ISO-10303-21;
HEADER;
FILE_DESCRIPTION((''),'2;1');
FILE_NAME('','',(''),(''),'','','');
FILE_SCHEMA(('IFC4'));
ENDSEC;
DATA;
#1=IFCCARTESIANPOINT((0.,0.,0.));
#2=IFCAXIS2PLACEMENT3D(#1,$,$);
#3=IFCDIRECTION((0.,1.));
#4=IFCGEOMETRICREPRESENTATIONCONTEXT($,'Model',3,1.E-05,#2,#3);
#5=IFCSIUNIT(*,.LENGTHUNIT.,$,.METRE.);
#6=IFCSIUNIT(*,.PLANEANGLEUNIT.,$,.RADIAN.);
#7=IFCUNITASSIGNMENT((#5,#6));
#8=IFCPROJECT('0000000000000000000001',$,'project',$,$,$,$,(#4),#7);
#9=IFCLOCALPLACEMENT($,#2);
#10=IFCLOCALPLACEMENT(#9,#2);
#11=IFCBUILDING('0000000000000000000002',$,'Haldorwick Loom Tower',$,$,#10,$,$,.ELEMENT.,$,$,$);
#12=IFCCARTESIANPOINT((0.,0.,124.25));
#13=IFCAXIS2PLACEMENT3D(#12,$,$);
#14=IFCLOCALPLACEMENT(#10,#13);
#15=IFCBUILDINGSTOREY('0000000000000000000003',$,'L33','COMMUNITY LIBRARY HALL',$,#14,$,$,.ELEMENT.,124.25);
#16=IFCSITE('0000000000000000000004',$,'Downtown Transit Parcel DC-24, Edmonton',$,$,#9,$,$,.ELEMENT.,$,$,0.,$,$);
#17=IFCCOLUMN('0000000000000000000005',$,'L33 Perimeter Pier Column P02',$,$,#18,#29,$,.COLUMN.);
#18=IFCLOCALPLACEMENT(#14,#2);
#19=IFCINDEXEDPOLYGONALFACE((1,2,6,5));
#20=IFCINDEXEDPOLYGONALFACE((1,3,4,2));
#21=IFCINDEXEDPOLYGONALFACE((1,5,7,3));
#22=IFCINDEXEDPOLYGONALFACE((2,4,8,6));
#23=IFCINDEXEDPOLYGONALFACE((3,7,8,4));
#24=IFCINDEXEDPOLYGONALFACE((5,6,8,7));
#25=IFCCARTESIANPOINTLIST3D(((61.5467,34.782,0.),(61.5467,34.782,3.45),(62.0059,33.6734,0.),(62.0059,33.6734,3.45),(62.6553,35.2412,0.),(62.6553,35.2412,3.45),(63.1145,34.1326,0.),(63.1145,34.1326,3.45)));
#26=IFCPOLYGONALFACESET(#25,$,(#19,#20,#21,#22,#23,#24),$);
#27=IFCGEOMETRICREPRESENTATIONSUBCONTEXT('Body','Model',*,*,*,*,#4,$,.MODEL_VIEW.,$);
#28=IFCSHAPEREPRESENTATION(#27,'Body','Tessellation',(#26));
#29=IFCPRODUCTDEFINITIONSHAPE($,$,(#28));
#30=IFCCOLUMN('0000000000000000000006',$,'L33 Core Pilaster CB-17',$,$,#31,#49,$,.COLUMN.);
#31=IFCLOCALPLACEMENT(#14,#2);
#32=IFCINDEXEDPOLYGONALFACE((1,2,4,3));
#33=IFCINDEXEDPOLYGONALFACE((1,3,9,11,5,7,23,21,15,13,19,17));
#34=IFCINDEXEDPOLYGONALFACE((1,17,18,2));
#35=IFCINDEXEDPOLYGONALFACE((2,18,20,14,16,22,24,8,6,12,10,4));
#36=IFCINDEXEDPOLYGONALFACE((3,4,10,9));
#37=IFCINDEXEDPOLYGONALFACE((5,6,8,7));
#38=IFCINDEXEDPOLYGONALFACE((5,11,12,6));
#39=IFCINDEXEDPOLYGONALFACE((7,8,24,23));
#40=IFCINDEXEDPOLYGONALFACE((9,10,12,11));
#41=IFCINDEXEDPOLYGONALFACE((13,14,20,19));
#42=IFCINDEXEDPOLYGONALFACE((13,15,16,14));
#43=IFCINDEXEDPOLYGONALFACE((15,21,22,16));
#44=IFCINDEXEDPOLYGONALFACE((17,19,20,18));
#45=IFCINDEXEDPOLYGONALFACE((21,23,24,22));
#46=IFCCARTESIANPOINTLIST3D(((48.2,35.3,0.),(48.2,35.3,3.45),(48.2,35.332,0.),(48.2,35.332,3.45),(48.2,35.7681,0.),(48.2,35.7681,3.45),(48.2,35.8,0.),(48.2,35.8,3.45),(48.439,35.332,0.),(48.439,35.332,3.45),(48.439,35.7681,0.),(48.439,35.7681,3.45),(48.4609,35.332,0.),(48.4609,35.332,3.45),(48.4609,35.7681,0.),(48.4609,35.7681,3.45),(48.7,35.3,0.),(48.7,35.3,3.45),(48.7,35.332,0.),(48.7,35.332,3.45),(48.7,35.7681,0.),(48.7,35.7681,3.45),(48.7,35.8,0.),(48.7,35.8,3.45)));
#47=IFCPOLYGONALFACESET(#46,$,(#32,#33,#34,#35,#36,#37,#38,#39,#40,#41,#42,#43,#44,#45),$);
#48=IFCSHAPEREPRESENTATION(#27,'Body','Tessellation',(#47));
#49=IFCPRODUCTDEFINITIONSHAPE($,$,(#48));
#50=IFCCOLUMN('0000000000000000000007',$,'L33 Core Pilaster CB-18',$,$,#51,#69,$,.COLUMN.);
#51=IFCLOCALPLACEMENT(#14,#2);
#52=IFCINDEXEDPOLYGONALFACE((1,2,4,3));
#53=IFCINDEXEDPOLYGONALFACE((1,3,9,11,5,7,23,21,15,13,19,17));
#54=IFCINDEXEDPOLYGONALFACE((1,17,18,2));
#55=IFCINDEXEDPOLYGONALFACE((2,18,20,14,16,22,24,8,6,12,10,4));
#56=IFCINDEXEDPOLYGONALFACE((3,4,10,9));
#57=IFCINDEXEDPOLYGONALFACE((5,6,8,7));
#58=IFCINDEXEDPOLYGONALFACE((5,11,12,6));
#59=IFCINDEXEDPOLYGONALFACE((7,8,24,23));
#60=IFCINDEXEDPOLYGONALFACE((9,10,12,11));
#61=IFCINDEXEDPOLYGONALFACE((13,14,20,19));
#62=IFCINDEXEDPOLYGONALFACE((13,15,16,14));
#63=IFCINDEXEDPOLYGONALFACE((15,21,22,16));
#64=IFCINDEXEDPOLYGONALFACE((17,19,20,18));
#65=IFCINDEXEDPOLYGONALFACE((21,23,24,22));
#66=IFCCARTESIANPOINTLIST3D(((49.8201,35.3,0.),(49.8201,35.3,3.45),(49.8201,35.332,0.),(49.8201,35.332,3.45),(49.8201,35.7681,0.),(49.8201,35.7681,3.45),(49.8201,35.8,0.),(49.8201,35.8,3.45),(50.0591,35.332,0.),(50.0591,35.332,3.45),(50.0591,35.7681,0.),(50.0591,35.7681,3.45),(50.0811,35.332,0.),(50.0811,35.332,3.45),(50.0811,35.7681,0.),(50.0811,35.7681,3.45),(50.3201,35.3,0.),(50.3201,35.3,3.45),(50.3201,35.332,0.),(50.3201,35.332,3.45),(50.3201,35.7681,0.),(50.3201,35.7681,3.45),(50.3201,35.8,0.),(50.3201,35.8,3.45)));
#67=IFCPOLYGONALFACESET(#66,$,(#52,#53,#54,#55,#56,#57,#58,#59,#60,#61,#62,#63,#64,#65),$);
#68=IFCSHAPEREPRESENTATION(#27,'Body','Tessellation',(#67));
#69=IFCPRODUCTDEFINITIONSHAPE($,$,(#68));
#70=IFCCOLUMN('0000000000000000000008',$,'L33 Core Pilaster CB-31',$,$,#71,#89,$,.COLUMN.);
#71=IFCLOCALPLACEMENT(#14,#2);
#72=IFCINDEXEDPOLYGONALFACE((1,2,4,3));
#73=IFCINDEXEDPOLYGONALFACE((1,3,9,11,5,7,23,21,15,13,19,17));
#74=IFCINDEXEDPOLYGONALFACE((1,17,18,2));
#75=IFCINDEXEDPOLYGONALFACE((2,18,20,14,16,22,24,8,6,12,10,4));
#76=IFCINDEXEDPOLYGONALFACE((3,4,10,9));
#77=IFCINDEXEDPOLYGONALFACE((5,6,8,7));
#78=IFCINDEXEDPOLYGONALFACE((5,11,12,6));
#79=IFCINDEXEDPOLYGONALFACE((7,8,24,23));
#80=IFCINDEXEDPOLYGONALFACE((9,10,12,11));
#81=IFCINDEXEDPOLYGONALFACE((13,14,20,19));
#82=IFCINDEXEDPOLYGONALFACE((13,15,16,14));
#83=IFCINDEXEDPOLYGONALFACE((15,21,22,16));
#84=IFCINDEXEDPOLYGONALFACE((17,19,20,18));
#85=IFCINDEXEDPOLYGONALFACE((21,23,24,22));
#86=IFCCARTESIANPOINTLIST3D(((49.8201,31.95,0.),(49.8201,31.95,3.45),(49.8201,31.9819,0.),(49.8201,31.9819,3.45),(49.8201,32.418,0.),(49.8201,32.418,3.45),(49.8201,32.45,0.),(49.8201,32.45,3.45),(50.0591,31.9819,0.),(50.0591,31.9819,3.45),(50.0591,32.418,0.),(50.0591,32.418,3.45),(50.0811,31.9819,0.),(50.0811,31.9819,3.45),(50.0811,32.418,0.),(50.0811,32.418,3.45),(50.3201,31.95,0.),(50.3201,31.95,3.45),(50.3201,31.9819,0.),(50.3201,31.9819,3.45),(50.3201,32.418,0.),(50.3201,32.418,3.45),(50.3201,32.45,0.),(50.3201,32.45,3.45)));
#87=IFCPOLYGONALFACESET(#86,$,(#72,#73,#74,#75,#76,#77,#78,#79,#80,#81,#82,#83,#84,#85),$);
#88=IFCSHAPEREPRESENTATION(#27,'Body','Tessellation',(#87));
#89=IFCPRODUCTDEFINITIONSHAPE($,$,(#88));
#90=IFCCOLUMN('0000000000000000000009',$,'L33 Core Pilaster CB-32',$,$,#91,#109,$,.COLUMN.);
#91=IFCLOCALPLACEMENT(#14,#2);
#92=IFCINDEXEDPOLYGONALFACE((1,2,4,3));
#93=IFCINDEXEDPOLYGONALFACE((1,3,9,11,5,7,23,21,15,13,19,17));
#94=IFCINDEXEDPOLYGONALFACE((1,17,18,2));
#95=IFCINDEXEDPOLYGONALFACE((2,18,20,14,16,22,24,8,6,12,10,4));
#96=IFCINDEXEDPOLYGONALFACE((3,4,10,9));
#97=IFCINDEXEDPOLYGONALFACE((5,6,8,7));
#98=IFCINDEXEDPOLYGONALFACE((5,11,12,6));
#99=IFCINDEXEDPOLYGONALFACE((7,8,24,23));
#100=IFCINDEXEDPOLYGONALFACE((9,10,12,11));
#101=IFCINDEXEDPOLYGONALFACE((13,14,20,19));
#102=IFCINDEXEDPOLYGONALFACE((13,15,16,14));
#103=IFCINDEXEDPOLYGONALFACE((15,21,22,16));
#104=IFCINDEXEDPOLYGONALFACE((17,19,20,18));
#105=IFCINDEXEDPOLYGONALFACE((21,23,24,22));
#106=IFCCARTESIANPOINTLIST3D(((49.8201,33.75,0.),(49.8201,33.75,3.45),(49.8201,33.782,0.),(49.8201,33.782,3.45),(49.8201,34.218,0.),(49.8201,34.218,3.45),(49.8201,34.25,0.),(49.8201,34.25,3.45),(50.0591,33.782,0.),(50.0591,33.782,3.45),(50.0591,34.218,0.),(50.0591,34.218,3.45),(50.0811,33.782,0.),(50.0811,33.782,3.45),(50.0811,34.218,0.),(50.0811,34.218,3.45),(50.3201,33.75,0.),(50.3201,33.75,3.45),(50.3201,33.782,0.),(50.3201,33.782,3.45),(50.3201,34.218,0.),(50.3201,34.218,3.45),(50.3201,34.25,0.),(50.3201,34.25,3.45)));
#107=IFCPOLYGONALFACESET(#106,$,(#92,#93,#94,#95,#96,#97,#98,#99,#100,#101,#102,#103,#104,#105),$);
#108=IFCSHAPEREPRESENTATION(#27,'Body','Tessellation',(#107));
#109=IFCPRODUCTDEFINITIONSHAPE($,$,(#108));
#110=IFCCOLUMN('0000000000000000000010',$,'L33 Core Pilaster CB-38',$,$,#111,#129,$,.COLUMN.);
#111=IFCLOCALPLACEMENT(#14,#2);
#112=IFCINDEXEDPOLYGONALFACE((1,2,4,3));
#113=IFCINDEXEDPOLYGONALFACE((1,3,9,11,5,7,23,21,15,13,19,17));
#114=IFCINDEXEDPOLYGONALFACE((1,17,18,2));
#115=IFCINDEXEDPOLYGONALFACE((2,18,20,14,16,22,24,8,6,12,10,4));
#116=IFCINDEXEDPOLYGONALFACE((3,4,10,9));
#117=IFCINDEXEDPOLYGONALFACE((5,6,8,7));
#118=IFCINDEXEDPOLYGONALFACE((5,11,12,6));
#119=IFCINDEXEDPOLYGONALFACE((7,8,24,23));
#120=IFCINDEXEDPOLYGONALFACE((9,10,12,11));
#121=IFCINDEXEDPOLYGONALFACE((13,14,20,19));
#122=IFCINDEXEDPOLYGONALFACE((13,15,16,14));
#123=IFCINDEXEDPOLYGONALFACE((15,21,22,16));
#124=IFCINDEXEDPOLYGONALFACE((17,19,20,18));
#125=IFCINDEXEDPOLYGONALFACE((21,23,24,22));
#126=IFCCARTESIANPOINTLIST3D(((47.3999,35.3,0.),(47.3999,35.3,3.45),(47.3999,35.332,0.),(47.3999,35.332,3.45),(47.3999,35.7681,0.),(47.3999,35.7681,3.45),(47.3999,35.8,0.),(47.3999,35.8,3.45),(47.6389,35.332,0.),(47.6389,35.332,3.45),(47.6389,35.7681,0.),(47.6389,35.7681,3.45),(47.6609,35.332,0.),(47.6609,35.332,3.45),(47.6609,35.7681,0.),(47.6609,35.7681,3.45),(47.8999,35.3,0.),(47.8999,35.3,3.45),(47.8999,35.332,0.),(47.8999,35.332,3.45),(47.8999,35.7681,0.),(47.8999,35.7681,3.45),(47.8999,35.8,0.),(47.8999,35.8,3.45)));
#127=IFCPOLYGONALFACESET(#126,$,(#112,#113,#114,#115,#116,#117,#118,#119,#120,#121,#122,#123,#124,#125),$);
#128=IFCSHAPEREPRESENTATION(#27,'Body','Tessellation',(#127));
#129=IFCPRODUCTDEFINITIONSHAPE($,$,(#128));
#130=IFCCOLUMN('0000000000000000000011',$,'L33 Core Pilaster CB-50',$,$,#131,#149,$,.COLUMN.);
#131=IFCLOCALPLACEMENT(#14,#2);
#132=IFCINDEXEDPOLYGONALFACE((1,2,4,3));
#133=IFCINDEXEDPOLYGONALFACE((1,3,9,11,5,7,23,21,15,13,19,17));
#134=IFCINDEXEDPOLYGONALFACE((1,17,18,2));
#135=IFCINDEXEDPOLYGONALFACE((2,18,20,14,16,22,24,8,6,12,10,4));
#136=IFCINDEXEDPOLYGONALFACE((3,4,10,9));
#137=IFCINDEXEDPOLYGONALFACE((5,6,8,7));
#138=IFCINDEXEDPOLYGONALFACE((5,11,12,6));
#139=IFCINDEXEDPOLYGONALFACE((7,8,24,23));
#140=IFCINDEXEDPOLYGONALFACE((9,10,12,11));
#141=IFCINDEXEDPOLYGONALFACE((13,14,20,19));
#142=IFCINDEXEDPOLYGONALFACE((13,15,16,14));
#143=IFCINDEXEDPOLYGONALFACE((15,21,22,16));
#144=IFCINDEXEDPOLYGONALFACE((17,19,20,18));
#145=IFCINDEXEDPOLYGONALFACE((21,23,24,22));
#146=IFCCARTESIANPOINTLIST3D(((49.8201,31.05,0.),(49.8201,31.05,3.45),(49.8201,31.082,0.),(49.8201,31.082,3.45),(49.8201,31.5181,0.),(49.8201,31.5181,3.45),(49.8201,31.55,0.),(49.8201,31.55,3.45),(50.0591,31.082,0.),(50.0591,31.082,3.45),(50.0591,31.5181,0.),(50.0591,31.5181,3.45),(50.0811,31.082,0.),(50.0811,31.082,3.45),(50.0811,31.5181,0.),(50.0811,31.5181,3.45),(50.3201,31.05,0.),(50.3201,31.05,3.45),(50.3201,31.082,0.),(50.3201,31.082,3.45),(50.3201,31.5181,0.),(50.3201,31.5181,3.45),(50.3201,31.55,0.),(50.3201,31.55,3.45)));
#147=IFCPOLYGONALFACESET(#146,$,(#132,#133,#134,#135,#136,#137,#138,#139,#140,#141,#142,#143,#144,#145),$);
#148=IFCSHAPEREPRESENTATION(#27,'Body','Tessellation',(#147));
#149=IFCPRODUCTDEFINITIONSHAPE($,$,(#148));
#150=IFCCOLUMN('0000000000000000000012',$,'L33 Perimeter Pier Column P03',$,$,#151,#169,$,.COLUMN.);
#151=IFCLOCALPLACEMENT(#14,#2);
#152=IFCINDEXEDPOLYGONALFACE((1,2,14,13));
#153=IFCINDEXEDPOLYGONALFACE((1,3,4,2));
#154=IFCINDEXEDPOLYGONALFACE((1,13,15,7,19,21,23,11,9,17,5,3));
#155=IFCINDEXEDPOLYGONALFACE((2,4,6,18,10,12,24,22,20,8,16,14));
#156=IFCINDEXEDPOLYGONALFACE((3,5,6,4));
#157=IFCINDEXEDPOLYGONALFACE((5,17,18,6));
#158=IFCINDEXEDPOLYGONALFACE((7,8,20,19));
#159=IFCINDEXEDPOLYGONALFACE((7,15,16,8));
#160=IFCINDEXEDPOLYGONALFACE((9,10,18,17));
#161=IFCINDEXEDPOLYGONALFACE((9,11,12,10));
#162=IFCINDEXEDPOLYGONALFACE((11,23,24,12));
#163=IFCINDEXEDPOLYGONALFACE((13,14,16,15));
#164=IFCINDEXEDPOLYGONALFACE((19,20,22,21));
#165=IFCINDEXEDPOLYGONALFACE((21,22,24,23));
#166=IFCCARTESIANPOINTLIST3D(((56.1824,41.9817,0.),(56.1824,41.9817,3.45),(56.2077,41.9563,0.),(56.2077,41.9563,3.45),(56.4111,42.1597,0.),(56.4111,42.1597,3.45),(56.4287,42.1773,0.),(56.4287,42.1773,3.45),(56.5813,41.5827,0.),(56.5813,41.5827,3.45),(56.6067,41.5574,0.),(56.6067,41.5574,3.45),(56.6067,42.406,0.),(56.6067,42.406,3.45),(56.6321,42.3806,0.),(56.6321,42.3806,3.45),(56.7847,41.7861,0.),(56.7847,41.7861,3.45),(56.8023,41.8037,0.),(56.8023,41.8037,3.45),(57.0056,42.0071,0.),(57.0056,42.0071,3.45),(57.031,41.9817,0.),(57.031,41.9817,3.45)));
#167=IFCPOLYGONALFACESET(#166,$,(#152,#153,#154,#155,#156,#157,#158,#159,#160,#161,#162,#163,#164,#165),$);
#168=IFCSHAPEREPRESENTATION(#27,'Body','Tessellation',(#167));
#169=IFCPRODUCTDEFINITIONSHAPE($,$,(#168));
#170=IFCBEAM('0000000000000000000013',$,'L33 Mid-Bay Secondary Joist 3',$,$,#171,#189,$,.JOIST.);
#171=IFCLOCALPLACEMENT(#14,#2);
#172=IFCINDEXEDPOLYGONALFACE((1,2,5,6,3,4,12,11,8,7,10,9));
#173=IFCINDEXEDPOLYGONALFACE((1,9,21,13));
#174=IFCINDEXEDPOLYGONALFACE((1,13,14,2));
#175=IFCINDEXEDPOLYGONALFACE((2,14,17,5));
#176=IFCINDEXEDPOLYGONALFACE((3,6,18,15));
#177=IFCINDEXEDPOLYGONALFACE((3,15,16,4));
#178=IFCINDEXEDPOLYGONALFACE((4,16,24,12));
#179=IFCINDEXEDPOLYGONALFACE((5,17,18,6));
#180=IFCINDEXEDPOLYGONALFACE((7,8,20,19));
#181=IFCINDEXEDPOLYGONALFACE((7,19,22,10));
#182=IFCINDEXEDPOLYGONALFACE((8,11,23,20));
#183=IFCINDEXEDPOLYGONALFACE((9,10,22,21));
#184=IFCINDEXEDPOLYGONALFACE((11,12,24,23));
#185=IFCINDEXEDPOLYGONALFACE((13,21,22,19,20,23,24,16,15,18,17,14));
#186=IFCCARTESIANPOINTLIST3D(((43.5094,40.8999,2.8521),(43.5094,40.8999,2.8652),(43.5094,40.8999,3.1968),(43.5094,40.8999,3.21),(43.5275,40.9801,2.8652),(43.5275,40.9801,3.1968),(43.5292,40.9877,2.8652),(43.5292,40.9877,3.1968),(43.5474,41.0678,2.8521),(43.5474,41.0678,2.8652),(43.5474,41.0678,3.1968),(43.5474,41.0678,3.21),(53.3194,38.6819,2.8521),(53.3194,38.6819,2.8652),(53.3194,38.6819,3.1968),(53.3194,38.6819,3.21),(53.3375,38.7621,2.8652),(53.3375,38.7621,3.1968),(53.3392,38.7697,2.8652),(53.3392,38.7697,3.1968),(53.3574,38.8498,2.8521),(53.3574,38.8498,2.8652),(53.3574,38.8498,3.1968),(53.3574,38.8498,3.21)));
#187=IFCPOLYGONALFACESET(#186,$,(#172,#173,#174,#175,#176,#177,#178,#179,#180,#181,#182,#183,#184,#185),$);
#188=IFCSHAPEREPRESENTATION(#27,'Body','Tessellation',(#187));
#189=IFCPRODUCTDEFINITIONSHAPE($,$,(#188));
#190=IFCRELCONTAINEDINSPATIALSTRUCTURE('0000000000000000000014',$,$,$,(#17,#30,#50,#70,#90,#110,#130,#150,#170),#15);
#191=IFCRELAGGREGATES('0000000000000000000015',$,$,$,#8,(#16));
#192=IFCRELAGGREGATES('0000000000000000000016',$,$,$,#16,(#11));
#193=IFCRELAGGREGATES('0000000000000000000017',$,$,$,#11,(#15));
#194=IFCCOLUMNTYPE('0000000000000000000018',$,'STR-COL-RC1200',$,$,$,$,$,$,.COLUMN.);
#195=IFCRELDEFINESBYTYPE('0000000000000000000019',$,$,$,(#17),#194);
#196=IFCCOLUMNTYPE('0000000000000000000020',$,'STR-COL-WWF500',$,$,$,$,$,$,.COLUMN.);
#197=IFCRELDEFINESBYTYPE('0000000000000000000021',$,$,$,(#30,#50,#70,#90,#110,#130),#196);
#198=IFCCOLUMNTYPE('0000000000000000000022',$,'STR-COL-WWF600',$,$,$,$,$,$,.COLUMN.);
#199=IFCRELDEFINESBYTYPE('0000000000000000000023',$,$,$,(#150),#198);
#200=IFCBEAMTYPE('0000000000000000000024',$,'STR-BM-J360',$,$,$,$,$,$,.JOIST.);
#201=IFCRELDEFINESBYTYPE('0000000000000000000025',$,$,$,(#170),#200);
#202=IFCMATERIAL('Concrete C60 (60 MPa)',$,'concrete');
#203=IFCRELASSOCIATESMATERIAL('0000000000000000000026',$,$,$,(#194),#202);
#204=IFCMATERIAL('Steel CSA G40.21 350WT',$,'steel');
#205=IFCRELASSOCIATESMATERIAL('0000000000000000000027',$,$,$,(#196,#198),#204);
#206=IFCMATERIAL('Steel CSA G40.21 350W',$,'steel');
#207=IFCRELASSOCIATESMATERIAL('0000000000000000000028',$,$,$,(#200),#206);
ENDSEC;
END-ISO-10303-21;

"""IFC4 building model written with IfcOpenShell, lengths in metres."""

from ifc_helpers import new_model, si_unit, direction, frame, origin, origin_2d, place, context, subcontext, project, spatial, rectangle, i_section, extrude, material, material_profile, profile_set, type_object, element, save


model = new_model("IFC4")

# Units and contexts
model_context = context("Model", 3, precision=1e-05, world=origin(), true_north=direction((0.0, 1.0)))
body_context = subcontext(model_context, "Body", "Model", "MODEL_VIEW")
ifc_project = project(units=[si_unit("LENGTHUNIT", "METRE"), si_unit("PLANEANGLEUNIT", "RADIAN")], contexts=[model_context])

# Site, building, storey
site_placement = place(None, origin())
site = spatial("IfcSite", under=ifc_project, at=site_placement, Name="Downtown Transit Parcel DC-24, Edmonton", CompositionType="ELEMENT", RefElevation=0.0)
building_placement = place(site_placement, origin())
building = spatial("IfcBuilding", under=site, at=building_placement, Name="Haldorwick Loom Tower", CompositionType="ELEMENT")
storey_placement = place(building_placement, frame((0.0, 0.0, 124.25)))
storey = spatial("IfcBuildingStorey", under=building, at=storey_placement, Name="L33", Description="COMMUNITY LIBRARY HALL", CompositionType="ELEMENT", Elevation=124.25)

# Columns
ifc_material_1 = material(Name="Concrete C60 (60 MPa)", Category="concrete")
ifc_material_profile_1 = material_profile(ifc_material_1, rectangle(XDim=1.2, YDim=1.2, at=origin_2d()), Name="RC1200X1200", Category="concrete")
ifc_profile_set_1 = profile_set([ifc_material_profile_1], Name="Concrete C60 (60 MPa)")
column_type_1 = type_object("IfcColumnType", Name="STR-COL-RC1200", PredefinedType="COLUMN", material=ifc_profile_set_1)
column_1_placement = place(storey_placement, frame((62.3306, 34.4573, 0.0), z_axis=(0.0, 0.0, 1.0), x_axis=(0.92388, 0.382683, 0.0)))
element("IfcColumn", 1, at=column_1_placement, inside=storey, type_object=column_type_1, Name="L33 Perimeter Pier Column P02", PredefinedType="COLUMN", context=body_context, shape_type="SweptSolid", body=[
    extrude(rectangle(XDim=1.2, YDim=1.2, at=origin_2d()), origin(), (0.0, 0.0, 1.0), 3.45),
])
ifc_material_2 = material(Name="Steel CSA G40.21 350WT", Category="steel")
ifc_material_profile_2 = material_profile(ifc_material_2, i_section(OverallWidth=0.5, OverallDepth=0.5, WebThickness=0.022, FlangeThickness=0.032, at=origin_2d()), Name="WWF500X500", Category="steel")
ifc_profile_set_2 = profile_set([ifc_material_profile_2], Name="Steel CSA G40.21 350WT")
column_type_2 = type_object("IfcColumnType", Name="STR-COL-WWF500", PredefinedType="COLUMN", material=ifc_profile_set_2)
for number, where, z_axis, x_axis, name in (
    (2, (48.45, 35.55, 0.0), (0.0, 0.0, 1.0), (1.0, 0.0, 0.0), "L33 Core Pilaster CB-17"),
    (3, (50.0701, 35.55, 0.0), (0.0, 0.0, 1.0), (1.0, 0.0, 0.0), "L33 Core Pilaster CB-18"),
    (4, (50.0701, 32.2, 0.0), (0.0, 0.0, 1.0), (1.0, 0.0, 0.0), "L33 Core Pilaster CB-31"),
    (5, (50.0701, 34.0, 0.0), (0.0, 0.0, 1.0), (1.0, 0.0, 0.0), "L33 Core Pilaster CB-32"),
    (6, (47.6499, 35.55, 0.0), (0.0, 0.0, 1.0), (1.0, 0.0, 0.0), "L33 Core Pilaster CB-38"),
    (7, (50.0701, 31.3, 0.0), (0.0, 0.0, 1.0), (1.0, 0.0, 0.0), "L33 Core Pilaster CB-50"),
):
    element("IfcColumn", number, at=place(storey_placement, frame(where, z_axis=z_axis, x_axis=x_axis)), inside=storey, type_object=column_type_2, Name=name, PredefinedType="COLUMN", context=body_context, shape_type="SweptSolid", body=[
        extrude(i_section(OverallWidth=0.5, OverallDepth=0.5, WebThickness=0.022, FlangeThickness=0.032, at=origin_2d()), origin(), (0.0, 0.0, 1.0), 3.45),
    ])
ifc_material_profile_3 = material_profile(ifc_material_2, i_section(OverallWidth=0.6001, OverallDepth=0.6001, WebThickness=0.0249, FlangeThickness=0.0359, at=origin_2d()), Name="WWF600X600", Category="steel")
ifc_profile_set_3 = profile_set([ifc_material_profile_3], Name="Steel CSA G40.21 350WT")
column_type_3 = type_object("IfcColumnType", Name="STR-COL-WWF600", PredefinedType="COLUMN", material=ifc_profile_set_3)
column_2_placement = place(storey_placement, frame((56.6067, 41.9817, 0.0), z_axis=(0.0, 0.0, 1.0), x_axis=(0.707107, 0.707107, 0.0)))
element("IfcColumn", 8, at=column_2_placement, inside=storey, type_object=column_type_3, Name="L33 Perimeter Pier Column P03", PredefinedType="COLUMN", context=body_context, shape_type="SweptSolid", body=[
    extrude(i_section(OverallWidth=0.6001, OverallDepth=0.6001, WebThickness=0.0249, FlangeThickness=0.0359, at=origin_2d()), origin(), (0.0, 0.0, 1.0), 3.45),
])

# Beam
ifc_material_3 = material(Name="Steel CSA G40.21 350W", Category="steel")
ifc_material_profile_4 = material_profile(ifc_material_3, i_section(OverallWidth=0.1721, OverallDepth=0.3579, WebThickness=0.0078, FlangeThickness=0.0132, at=origin_2d()), Name="W360X57", Category="steel")
ifc_profile_set_4 = profile_set([ifc_material_profile_4], Name="Steel CSA G40.21 350W")
beam_type_1 = type_object("IfcBeamType", Name="STR-BM-J360", PredefinedType="JOIST", material=ifc_profile_set_4)
beam_1_placement = place(storey_placement, frame((53.3384, 38.7659, 3.031), z_axis=(-0.97538, 0.22053, 0.0), x_axis=(-0.22053, -0.97538, 0.0)))
element("IfcBeam", 9, at=beam_1_placement, inside=storey, type_object=beam_type_1, Name="L33 Mid-Bay Secondary Joist 3", PredefinedType="JOIST", context=body_context, shape_type="SweptSolid", body=[
    extrude(i_section(OverallWidth=0.1721, OverallDepth=0.3579, WebThickness=0.0078, FlangeThickness=0.0132, at=origin_2d()), origin(), (0.0, 0.0, 1.0), 10.0576),
])

save(model, "model.ifc")
